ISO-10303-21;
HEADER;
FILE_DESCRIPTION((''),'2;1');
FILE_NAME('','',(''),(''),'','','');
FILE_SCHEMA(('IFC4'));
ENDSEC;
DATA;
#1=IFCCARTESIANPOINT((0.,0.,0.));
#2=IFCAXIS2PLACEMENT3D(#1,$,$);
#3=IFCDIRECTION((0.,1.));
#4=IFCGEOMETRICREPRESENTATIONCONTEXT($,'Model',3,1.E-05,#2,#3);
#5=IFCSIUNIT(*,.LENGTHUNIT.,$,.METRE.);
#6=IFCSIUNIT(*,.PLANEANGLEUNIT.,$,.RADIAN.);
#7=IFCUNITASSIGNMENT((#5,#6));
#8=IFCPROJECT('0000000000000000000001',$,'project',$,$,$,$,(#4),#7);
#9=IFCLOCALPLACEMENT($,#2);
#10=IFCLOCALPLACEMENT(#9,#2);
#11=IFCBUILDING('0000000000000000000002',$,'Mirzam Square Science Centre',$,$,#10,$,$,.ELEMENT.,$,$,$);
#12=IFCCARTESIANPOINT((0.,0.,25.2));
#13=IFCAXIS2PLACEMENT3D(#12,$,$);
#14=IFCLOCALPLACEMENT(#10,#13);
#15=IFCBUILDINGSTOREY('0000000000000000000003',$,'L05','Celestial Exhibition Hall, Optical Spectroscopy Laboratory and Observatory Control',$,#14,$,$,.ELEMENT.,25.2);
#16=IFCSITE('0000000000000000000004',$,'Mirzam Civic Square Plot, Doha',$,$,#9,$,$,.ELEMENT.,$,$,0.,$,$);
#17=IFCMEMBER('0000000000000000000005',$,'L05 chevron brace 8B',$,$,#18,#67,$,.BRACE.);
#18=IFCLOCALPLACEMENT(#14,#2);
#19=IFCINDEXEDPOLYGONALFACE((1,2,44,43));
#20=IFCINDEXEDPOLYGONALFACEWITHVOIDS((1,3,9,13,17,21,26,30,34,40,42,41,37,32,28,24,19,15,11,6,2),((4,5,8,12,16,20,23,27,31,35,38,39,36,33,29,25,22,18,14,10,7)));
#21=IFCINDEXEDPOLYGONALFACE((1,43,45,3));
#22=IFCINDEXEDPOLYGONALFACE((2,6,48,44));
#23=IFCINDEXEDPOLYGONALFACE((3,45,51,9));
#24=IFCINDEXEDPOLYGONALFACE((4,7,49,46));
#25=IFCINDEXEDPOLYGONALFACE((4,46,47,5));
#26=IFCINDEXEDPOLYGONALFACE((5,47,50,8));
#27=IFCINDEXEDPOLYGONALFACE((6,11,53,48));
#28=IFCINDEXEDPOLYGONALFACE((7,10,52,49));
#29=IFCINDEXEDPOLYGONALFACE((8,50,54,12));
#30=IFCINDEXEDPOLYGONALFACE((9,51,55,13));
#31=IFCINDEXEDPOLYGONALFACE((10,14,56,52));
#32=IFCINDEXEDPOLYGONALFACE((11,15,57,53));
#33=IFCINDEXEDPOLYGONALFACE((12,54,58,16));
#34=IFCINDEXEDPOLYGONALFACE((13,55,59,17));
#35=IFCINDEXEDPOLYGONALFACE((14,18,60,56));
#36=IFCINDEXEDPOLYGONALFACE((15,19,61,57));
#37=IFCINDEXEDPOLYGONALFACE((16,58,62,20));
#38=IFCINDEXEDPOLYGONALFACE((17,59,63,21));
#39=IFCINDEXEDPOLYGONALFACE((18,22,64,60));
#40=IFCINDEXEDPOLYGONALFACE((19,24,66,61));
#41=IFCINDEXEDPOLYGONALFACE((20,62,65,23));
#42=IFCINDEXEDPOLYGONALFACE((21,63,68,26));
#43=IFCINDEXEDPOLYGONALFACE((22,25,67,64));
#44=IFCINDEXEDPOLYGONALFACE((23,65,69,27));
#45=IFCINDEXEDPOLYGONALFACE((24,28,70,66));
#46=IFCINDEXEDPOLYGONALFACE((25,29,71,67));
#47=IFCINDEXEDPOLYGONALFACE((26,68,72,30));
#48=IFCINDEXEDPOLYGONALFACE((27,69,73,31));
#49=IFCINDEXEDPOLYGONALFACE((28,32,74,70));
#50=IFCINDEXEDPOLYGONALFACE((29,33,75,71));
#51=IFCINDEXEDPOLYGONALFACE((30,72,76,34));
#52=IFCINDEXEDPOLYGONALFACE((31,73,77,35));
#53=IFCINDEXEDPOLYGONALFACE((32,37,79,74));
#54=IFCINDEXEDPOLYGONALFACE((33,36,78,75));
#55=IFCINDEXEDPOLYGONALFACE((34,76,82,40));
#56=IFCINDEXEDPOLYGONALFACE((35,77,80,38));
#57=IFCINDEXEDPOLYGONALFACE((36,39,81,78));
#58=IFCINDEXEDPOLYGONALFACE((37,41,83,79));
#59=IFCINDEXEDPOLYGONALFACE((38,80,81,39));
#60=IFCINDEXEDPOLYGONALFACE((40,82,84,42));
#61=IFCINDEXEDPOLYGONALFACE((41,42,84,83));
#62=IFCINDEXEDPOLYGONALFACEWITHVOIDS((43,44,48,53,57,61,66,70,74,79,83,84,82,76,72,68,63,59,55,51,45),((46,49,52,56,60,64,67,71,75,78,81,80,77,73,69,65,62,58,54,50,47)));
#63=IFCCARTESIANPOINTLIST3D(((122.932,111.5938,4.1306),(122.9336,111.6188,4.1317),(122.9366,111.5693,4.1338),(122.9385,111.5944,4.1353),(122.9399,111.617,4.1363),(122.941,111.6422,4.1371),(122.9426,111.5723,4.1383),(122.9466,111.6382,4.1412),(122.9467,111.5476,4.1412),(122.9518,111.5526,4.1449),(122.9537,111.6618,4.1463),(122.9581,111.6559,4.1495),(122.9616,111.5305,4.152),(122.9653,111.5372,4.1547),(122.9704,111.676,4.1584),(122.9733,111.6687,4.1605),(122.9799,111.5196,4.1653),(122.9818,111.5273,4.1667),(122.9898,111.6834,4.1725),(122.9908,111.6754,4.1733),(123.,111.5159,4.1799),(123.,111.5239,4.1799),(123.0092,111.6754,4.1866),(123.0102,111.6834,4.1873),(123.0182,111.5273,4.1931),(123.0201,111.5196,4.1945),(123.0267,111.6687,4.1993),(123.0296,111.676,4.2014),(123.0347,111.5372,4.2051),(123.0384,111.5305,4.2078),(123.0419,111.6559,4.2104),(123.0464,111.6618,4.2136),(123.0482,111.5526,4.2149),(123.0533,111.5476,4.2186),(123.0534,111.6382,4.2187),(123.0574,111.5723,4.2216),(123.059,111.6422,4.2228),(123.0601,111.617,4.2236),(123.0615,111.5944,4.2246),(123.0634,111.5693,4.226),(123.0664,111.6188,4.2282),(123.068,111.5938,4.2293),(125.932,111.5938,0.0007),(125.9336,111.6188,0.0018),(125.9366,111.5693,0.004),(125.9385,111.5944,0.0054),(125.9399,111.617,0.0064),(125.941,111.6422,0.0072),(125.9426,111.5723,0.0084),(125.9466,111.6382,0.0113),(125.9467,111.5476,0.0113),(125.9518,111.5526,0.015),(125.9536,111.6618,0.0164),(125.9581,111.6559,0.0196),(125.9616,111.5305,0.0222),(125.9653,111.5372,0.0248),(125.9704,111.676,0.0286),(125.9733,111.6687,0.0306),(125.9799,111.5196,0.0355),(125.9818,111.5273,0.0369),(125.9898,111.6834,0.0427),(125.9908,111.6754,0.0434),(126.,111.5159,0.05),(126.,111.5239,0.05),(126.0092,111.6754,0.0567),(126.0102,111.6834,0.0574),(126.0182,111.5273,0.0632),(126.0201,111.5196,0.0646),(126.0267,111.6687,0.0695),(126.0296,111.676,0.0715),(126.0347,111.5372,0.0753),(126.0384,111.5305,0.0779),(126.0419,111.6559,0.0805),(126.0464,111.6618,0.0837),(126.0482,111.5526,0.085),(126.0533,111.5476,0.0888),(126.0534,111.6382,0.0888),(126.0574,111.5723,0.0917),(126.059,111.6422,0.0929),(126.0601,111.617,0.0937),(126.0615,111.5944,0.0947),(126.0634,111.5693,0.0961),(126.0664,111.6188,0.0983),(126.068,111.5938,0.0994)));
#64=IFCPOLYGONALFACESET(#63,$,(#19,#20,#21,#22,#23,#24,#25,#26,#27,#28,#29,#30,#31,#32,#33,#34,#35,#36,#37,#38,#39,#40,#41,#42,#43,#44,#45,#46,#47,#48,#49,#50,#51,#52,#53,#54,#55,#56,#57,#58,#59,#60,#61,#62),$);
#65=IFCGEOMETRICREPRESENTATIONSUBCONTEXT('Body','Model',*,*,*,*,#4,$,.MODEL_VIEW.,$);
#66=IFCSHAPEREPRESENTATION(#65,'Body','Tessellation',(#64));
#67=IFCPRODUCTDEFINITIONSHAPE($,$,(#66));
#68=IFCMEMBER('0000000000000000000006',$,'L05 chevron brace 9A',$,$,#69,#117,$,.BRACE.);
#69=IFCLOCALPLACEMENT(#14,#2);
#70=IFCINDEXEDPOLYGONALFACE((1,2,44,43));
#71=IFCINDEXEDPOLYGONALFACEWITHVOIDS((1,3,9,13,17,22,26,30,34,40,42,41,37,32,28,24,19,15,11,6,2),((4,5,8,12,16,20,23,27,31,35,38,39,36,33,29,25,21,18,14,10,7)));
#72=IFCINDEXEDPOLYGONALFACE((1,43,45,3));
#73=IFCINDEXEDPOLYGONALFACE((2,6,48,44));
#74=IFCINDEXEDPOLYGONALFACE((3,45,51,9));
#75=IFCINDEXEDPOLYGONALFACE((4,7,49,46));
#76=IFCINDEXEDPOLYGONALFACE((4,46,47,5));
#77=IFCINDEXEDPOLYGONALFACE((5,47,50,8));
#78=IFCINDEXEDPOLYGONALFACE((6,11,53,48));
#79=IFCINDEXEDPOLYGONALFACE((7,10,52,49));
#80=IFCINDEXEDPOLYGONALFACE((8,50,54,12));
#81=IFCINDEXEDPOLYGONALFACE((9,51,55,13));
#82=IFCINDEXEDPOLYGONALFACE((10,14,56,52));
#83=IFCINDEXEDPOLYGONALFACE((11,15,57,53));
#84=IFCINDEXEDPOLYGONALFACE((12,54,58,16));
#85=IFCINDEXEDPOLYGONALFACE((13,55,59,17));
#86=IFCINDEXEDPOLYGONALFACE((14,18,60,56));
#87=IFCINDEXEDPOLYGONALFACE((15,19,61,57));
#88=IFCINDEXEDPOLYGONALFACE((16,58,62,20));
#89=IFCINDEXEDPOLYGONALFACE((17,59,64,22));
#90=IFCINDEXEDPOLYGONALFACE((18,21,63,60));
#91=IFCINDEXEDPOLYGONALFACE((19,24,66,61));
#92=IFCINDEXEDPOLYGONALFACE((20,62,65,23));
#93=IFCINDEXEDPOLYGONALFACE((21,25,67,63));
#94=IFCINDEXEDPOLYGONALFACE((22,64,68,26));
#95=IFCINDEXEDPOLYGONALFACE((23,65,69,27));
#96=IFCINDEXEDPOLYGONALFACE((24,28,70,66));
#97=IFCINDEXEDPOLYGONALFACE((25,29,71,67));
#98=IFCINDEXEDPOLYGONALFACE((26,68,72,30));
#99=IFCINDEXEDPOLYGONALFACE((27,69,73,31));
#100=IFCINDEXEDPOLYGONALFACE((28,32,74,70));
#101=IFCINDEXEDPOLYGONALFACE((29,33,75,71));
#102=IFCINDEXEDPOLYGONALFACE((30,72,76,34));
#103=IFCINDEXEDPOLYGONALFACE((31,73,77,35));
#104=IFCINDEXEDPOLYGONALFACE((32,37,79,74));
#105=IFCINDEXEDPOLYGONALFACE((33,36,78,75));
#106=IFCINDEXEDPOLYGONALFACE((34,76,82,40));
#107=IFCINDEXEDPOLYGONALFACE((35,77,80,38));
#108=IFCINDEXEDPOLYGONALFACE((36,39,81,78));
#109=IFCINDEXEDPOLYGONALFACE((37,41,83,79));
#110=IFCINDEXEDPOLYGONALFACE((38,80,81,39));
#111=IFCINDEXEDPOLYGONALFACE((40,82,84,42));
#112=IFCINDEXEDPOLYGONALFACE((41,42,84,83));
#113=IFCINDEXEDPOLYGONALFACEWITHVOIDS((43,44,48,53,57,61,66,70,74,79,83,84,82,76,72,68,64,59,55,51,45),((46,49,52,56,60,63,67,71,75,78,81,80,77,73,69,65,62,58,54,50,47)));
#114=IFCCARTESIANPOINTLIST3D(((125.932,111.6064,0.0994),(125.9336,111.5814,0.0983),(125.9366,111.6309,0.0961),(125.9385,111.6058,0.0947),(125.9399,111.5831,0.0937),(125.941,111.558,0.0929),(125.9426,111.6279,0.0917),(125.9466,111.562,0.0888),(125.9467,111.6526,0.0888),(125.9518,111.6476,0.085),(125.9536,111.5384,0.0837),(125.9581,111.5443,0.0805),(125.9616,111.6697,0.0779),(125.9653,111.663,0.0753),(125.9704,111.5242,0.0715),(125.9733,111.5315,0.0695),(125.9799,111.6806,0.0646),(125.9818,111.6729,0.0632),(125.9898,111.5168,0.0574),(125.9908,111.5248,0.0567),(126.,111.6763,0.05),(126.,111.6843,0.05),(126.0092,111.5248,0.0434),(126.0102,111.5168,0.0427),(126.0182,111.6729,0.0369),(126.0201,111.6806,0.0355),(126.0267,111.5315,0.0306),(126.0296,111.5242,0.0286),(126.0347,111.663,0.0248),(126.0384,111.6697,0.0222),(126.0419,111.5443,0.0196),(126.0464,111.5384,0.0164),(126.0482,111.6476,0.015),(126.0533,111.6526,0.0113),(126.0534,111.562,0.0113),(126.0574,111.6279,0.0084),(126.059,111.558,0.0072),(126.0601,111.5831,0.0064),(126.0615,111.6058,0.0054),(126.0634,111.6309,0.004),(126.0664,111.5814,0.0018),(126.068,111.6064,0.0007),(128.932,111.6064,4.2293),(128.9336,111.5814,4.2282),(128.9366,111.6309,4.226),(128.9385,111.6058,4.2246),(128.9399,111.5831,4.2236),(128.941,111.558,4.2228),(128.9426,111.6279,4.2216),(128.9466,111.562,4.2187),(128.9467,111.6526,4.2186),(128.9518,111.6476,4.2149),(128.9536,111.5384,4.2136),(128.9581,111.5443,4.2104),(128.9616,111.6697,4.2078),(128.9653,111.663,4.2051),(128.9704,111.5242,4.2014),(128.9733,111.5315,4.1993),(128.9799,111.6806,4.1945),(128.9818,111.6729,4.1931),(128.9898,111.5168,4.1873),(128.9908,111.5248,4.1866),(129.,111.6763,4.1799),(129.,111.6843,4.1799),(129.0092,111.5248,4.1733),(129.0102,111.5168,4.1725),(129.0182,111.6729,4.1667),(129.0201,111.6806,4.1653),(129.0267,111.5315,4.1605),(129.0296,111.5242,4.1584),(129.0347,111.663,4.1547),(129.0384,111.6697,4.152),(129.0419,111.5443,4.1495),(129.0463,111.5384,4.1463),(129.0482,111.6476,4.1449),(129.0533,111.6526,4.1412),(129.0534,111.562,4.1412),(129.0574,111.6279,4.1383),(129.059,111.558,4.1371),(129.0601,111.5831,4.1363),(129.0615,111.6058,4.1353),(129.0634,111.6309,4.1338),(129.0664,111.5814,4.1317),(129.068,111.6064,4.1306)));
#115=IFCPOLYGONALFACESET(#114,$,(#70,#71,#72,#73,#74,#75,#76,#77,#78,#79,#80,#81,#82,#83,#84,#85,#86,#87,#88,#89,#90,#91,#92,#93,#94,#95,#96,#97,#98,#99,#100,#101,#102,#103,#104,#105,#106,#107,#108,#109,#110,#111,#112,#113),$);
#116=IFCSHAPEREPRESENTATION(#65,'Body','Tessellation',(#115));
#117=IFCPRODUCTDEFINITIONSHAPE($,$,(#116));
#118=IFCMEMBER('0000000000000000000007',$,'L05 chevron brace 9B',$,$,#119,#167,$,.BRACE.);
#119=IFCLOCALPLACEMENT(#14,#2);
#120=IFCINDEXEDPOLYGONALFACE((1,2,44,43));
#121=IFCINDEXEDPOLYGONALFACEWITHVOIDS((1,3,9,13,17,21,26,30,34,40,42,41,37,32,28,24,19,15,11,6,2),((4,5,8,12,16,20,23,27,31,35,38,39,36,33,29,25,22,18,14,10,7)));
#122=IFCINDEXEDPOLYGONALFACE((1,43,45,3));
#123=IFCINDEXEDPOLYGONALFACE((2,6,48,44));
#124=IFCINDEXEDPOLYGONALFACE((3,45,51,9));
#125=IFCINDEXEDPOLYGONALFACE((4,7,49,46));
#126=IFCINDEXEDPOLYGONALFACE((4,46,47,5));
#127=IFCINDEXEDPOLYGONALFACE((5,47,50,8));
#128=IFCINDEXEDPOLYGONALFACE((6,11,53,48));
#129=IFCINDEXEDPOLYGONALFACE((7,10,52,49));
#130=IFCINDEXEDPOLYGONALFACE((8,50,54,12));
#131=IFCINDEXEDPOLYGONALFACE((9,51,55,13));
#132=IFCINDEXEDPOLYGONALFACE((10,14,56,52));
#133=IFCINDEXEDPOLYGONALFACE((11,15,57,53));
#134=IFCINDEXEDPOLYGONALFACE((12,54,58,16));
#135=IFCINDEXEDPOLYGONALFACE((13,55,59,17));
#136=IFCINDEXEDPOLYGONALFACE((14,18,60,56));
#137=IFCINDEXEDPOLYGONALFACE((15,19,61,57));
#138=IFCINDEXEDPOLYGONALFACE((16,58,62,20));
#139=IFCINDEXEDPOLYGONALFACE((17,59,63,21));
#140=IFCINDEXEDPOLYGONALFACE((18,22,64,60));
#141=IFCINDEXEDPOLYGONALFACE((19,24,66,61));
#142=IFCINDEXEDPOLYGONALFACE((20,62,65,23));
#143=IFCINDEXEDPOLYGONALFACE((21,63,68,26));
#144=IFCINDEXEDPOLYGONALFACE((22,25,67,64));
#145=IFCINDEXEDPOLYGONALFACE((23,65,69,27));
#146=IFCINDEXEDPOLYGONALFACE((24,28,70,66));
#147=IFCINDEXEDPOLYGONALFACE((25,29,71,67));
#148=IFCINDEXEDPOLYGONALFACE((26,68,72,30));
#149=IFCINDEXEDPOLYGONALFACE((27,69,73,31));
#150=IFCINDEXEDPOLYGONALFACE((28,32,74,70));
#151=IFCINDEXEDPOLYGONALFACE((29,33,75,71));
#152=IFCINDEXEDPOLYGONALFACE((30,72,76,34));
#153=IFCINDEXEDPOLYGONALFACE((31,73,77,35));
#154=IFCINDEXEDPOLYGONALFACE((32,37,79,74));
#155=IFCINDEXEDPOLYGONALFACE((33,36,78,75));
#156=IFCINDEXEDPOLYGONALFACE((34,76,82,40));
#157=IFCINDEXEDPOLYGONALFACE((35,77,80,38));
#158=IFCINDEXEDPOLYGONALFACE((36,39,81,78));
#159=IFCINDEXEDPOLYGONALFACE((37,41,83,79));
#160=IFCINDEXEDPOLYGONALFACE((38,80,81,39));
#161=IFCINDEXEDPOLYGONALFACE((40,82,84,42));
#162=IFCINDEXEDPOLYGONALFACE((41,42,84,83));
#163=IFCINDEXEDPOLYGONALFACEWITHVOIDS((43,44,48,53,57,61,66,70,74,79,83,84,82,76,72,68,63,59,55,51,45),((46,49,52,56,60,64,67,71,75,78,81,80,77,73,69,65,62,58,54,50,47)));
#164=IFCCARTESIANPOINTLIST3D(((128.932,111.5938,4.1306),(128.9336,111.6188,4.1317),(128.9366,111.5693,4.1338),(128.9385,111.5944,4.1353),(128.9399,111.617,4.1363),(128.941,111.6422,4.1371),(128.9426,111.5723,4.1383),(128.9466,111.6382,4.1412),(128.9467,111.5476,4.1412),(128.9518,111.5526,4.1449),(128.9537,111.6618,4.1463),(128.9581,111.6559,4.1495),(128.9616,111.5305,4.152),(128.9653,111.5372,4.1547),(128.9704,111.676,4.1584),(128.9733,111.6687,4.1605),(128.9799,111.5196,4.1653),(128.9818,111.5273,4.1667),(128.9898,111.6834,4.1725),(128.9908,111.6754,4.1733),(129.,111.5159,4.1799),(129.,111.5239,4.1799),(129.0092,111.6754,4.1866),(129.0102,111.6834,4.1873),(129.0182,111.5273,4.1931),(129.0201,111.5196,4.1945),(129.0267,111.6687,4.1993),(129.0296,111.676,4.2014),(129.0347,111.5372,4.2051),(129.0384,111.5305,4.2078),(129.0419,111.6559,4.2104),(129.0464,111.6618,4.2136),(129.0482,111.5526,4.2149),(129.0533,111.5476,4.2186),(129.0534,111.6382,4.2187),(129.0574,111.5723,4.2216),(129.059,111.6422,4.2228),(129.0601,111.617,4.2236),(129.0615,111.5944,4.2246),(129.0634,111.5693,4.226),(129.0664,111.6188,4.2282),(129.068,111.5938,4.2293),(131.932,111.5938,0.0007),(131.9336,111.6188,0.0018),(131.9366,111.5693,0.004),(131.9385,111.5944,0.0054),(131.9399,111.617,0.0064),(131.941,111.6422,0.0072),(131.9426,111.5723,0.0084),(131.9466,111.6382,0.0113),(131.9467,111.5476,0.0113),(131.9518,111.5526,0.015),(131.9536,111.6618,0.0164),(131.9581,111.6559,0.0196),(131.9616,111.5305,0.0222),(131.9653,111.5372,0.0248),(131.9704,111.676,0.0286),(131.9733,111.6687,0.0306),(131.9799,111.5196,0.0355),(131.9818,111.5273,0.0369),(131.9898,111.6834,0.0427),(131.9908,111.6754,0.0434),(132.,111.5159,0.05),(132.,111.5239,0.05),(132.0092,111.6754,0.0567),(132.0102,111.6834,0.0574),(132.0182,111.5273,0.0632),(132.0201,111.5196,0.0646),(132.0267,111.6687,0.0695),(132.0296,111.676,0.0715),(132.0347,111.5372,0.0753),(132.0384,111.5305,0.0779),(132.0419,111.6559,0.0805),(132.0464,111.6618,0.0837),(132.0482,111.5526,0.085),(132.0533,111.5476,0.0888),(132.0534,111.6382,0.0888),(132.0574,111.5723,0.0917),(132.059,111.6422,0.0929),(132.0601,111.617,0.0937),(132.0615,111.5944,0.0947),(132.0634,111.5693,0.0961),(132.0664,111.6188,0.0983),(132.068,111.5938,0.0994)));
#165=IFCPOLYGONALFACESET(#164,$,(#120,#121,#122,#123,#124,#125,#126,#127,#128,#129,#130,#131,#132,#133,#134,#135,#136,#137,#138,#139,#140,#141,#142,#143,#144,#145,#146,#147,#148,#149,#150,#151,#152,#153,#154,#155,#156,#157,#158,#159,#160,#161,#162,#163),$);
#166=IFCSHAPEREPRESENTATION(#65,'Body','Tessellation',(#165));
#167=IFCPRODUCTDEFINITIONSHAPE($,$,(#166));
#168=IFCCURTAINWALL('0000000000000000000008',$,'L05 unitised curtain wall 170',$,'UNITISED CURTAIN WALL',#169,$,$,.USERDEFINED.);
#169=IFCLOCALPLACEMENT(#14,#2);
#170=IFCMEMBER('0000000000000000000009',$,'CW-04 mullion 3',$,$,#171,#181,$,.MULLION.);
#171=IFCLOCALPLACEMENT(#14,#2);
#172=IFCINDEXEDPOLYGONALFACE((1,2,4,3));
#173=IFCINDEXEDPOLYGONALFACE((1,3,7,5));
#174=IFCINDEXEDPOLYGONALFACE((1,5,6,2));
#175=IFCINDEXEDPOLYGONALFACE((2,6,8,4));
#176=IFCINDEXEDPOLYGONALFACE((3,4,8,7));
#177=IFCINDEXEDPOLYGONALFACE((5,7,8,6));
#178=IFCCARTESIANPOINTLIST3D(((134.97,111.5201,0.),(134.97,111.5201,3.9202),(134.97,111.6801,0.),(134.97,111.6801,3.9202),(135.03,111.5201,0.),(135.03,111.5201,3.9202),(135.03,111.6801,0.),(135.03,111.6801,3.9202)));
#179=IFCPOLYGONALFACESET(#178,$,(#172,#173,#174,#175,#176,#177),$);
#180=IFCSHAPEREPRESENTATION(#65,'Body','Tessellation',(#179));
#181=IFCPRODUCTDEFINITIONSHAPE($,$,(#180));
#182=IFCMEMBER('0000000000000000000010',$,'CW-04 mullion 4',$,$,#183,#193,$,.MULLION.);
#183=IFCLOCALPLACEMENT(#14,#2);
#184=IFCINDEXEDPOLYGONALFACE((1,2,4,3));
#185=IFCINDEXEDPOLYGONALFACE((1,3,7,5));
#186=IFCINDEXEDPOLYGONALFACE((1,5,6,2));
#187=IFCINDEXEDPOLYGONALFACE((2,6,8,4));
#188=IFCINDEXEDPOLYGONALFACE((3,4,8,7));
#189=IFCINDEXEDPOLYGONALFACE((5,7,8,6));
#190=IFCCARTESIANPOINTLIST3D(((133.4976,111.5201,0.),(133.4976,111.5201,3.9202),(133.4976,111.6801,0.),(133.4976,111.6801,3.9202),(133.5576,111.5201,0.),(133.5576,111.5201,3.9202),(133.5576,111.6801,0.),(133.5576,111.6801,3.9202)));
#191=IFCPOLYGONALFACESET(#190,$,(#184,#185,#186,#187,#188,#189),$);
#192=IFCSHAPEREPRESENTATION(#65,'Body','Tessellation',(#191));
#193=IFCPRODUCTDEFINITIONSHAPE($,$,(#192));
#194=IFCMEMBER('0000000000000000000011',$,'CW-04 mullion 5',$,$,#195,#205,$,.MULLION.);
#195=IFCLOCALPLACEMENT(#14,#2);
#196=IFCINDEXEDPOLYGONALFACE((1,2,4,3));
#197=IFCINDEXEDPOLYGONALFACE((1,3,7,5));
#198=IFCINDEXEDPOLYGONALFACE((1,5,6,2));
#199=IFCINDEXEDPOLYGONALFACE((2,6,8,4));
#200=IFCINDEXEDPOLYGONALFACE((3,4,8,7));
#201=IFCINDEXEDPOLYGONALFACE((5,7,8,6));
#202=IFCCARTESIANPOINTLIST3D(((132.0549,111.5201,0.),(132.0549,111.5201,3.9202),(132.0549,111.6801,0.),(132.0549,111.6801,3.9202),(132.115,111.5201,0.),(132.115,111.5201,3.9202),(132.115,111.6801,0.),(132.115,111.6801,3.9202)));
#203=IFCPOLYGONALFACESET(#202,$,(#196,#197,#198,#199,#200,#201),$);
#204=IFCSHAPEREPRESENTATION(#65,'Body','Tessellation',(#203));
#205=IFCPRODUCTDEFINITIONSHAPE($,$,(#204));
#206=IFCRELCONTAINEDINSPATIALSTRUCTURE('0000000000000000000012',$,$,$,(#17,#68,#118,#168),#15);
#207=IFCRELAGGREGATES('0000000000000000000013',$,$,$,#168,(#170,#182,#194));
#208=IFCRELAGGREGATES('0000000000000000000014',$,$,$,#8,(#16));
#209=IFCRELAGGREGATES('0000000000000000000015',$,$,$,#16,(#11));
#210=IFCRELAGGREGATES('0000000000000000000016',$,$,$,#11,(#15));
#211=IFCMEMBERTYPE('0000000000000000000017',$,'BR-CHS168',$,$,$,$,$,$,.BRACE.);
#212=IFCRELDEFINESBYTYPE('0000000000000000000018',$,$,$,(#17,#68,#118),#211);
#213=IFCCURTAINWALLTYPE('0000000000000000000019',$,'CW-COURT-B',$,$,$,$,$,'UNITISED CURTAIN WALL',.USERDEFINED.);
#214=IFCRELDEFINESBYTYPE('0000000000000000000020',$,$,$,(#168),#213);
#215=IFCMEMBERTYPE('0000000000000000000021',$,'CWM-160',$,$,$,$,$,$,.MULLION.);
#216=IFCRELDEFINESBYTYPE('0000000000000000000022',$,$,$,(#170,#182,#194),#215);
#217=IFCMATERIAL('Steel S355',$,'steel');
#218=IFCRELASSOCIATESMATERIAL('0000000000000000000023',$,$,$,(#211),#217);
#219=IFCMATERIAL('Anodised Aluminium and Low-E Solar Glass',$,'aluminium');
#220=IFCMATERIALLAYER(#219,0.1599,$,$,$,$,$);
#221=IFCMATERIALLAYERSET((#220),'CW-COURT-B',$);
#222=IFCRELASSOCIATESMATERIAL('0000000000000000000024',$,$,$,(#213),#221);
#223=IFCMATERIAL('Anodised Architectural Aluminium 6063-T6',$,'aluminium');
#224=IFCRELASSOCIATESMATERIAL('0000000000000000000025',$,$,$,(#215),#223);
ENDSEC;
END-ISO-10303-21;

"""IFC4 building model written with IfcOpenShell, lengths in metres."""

from ifc_helpers import new_model, si_unit, direction, frame, origin, origin_2d, place, context, subcontext, project, spatial, rectangle, hollow_circle, extrude, material, layer, layer_set, material_profile, profile_set, type_object, element, aggregate, save


model = new_model("IFC4")

# Units and contexts
model_context = context("Model", 3, precision=1e-05, world=origin(), true_north=direction((0.0, 1.0)))
body_context = subcontext(model_context, "Body", "Model", "MODEL_VIEW")
ifc_project = project(units=[si_unit("LENGTHUNIT", "METRE"), si_unit("PLANEANGLEUNIT", "RADIAN")], contexts=[model_context])

# Site, building, storey
site_placement = place(None, origin())
site = spatial("IfcSite", under=ifc_project, at=site_placement, Name="Mirzam Civic Square Plot, Doha", CompositionType="ELEMENT", RefElevation=0.0)
building_placement = place(site_placement, origin())
building = spatial("IfcBuilding", under=site, at=building_placement, Name="Mirzam Square Science Centre", CompositionType="ELEMENT")
storey_placement = place(building_placement, frame((0.0, 0.0, 25.2)))
storey = spatial("IfcBuildingStorey", under=building, at=storey_placement, Name="L05", Description="Celestial Exhibition Hall, Optical Spectroscopy Laboratory and Observatory Control", CompositionType="ELEMENT", Elevation=25.2)

# Shared definitions
ifc_material_1 = material(Name="Steel S355", Category="steel")

# Members
ifc_material_profile_1 = material_profile(ifc_material_1, hollow_circle(Radius=0.0842, WallThickness=0.0081, at=origin_2d()), Name="168.3x8.0CHS")
ifc_profile_set_1 = profile_set([ifc_material_profile_1], Name="Steel S355")
member_type_1 = type_object("IfcMemberType", Name="BR-CHS168", PredefinedType="BRACE", material=ifc_profile_set_1)
for number, where, z_axis, x_axis, name in (
    (1, (126.0, 111.6001, 0.05), (-0.587717, 0.0, 0.809067), (0.0, -1.0, 0.0), "L05 chevron brace 8B"),
    (2, (126.0, 111.6001, 0.05), (0.587717, 0.0, 0.809067), (0.0, 1.0, 0.0), "L05 chevron brace 9A"),
    (3, (132.0, 111.6001, 0.05), (-0.587717, 0.0, 0.809067), (0.0, -1.0, 0.0), "L05 chevron brace 9B"),
):
    element("IfcMember", number, at=place(storey_placement, frame(where, z_axis=z_axis, x_axis=x_axis)), inside=storey, type_object=member_type_1, Name=name, PredefinedType="BRACE", context=body_context, shape_type="SweptSolid", body=[
        extrude(hollow_circle(Radius=0.0842, WallThickness=0.0081, at=origin_2d()), origin(), (0.0, 0.0, 1.0), 5.1045),
    ])

# Curtain wall, members
ifc_material_2 = material(Name="Anodised Aluminium and Low-E Solar Glass", Category="aluminium")
ifc_layer_1 = layer(ifc_material_2, 0.1599)
ifc_layer_set_1 = layer_set([ifc_layer_1], Name="CW-COURT-B")
curtain_wall_type = type_object("IfcCurtainWallType", Name="CW-COURT-B", ElementType="UNITISED CURTAIN WALL", PredefinedType="USERDEFINED", material=ifc_layer_set_1)
curtain_wall_placement = place(storey_placement, origin())
curtain_wall = element("IfcCurtainWall", 4, at=curtain_wall_placement, inside=storey, type_object=curtain_wall_type, Name="L05 unitised curtain wall 170", ObjectType="UNITISED CURTAIN WALL", PredefinedType="USERDEFINED")
ifc_material_3 = material(Name="Anodised Architectural Aluminium 6063-T6", Category="aluminium")
ifc_material_profile_2 = material_profile(ifc_material_3, rectangle(XDim=0.0601, YDim=0.1599, at=origin_2d()), Name="ALU-MULL-160x60x4")
ifc_profile_set_2 = profile_set([ifc_material_profile_2], Name="Anodised Architectural Aluminium 6063-T6")
member_type_2 = type_object("IfcMemberType", Name="CWM-160", PredefinedType="MULLION", material=ifc_profile_set_2)
member_1_placement = place(storey_placement, frame((135.0, 111.6001, 0.0), z_axis=(0.0, 0.0, 1.0), x_axis=(-1.0, 0.0, 0.0)))
member_1 = element("IfcMember", 5, at=member_1_placement, type_object=member_type_2, Name="CW-04 mullion 3", PredefinedType="MULLION", context=body_context, shape_type="SweptSolid", body=[
    extrude(rectangle(XDim=0.0601, YDim=0.1599, at=origin_2d()), origin(), (0.0, 0.0, 1.0), 3.9202),
])
member_2_placement = place(storey_placement, frame((133.5276, 111.6001, 0.0), z_axis=(0.0, 0.0, 1.0), x_axis=(-1.0, 0.0, 0.0)))
member_2 = element("IfcMember", 6, at=member_2_placement, type_object=member_type_2, Name="CW-04 mullion 4", PredefinedType="MULLION", context=body_context, shape_type="SweptSolid", body=[
    extrude(rectangle(XDim=0.0601, YDim=0.1599, at=origin_2d()), origin(), (0.0, 0.0, 1.0), 3.9202),
])
member_3_placement = place(storey_placement, frame((132.085, 111.6001, 0.0), z_axis=(0.0, 0.0, 1.0), x_axis=(-1.0, 0.0, 0.0)))
member_3 = element("IfcMember", 7, at=member_3_placement, type_object=member_type_2, Name="CW-04 mullion 5", PredefinedType="MULLION", context=body_context, shape_type="SweptSolid", body=[
    extrude(rectangle(XDim=0.0601, YDim=0.1599, at=origin_2d()), origin(), (0.0, 0.0, 1.0), 3.9202),
])

aggregate(curtain_wall, [member_1, member_2, member_3])

save(model, "model.ifc")
